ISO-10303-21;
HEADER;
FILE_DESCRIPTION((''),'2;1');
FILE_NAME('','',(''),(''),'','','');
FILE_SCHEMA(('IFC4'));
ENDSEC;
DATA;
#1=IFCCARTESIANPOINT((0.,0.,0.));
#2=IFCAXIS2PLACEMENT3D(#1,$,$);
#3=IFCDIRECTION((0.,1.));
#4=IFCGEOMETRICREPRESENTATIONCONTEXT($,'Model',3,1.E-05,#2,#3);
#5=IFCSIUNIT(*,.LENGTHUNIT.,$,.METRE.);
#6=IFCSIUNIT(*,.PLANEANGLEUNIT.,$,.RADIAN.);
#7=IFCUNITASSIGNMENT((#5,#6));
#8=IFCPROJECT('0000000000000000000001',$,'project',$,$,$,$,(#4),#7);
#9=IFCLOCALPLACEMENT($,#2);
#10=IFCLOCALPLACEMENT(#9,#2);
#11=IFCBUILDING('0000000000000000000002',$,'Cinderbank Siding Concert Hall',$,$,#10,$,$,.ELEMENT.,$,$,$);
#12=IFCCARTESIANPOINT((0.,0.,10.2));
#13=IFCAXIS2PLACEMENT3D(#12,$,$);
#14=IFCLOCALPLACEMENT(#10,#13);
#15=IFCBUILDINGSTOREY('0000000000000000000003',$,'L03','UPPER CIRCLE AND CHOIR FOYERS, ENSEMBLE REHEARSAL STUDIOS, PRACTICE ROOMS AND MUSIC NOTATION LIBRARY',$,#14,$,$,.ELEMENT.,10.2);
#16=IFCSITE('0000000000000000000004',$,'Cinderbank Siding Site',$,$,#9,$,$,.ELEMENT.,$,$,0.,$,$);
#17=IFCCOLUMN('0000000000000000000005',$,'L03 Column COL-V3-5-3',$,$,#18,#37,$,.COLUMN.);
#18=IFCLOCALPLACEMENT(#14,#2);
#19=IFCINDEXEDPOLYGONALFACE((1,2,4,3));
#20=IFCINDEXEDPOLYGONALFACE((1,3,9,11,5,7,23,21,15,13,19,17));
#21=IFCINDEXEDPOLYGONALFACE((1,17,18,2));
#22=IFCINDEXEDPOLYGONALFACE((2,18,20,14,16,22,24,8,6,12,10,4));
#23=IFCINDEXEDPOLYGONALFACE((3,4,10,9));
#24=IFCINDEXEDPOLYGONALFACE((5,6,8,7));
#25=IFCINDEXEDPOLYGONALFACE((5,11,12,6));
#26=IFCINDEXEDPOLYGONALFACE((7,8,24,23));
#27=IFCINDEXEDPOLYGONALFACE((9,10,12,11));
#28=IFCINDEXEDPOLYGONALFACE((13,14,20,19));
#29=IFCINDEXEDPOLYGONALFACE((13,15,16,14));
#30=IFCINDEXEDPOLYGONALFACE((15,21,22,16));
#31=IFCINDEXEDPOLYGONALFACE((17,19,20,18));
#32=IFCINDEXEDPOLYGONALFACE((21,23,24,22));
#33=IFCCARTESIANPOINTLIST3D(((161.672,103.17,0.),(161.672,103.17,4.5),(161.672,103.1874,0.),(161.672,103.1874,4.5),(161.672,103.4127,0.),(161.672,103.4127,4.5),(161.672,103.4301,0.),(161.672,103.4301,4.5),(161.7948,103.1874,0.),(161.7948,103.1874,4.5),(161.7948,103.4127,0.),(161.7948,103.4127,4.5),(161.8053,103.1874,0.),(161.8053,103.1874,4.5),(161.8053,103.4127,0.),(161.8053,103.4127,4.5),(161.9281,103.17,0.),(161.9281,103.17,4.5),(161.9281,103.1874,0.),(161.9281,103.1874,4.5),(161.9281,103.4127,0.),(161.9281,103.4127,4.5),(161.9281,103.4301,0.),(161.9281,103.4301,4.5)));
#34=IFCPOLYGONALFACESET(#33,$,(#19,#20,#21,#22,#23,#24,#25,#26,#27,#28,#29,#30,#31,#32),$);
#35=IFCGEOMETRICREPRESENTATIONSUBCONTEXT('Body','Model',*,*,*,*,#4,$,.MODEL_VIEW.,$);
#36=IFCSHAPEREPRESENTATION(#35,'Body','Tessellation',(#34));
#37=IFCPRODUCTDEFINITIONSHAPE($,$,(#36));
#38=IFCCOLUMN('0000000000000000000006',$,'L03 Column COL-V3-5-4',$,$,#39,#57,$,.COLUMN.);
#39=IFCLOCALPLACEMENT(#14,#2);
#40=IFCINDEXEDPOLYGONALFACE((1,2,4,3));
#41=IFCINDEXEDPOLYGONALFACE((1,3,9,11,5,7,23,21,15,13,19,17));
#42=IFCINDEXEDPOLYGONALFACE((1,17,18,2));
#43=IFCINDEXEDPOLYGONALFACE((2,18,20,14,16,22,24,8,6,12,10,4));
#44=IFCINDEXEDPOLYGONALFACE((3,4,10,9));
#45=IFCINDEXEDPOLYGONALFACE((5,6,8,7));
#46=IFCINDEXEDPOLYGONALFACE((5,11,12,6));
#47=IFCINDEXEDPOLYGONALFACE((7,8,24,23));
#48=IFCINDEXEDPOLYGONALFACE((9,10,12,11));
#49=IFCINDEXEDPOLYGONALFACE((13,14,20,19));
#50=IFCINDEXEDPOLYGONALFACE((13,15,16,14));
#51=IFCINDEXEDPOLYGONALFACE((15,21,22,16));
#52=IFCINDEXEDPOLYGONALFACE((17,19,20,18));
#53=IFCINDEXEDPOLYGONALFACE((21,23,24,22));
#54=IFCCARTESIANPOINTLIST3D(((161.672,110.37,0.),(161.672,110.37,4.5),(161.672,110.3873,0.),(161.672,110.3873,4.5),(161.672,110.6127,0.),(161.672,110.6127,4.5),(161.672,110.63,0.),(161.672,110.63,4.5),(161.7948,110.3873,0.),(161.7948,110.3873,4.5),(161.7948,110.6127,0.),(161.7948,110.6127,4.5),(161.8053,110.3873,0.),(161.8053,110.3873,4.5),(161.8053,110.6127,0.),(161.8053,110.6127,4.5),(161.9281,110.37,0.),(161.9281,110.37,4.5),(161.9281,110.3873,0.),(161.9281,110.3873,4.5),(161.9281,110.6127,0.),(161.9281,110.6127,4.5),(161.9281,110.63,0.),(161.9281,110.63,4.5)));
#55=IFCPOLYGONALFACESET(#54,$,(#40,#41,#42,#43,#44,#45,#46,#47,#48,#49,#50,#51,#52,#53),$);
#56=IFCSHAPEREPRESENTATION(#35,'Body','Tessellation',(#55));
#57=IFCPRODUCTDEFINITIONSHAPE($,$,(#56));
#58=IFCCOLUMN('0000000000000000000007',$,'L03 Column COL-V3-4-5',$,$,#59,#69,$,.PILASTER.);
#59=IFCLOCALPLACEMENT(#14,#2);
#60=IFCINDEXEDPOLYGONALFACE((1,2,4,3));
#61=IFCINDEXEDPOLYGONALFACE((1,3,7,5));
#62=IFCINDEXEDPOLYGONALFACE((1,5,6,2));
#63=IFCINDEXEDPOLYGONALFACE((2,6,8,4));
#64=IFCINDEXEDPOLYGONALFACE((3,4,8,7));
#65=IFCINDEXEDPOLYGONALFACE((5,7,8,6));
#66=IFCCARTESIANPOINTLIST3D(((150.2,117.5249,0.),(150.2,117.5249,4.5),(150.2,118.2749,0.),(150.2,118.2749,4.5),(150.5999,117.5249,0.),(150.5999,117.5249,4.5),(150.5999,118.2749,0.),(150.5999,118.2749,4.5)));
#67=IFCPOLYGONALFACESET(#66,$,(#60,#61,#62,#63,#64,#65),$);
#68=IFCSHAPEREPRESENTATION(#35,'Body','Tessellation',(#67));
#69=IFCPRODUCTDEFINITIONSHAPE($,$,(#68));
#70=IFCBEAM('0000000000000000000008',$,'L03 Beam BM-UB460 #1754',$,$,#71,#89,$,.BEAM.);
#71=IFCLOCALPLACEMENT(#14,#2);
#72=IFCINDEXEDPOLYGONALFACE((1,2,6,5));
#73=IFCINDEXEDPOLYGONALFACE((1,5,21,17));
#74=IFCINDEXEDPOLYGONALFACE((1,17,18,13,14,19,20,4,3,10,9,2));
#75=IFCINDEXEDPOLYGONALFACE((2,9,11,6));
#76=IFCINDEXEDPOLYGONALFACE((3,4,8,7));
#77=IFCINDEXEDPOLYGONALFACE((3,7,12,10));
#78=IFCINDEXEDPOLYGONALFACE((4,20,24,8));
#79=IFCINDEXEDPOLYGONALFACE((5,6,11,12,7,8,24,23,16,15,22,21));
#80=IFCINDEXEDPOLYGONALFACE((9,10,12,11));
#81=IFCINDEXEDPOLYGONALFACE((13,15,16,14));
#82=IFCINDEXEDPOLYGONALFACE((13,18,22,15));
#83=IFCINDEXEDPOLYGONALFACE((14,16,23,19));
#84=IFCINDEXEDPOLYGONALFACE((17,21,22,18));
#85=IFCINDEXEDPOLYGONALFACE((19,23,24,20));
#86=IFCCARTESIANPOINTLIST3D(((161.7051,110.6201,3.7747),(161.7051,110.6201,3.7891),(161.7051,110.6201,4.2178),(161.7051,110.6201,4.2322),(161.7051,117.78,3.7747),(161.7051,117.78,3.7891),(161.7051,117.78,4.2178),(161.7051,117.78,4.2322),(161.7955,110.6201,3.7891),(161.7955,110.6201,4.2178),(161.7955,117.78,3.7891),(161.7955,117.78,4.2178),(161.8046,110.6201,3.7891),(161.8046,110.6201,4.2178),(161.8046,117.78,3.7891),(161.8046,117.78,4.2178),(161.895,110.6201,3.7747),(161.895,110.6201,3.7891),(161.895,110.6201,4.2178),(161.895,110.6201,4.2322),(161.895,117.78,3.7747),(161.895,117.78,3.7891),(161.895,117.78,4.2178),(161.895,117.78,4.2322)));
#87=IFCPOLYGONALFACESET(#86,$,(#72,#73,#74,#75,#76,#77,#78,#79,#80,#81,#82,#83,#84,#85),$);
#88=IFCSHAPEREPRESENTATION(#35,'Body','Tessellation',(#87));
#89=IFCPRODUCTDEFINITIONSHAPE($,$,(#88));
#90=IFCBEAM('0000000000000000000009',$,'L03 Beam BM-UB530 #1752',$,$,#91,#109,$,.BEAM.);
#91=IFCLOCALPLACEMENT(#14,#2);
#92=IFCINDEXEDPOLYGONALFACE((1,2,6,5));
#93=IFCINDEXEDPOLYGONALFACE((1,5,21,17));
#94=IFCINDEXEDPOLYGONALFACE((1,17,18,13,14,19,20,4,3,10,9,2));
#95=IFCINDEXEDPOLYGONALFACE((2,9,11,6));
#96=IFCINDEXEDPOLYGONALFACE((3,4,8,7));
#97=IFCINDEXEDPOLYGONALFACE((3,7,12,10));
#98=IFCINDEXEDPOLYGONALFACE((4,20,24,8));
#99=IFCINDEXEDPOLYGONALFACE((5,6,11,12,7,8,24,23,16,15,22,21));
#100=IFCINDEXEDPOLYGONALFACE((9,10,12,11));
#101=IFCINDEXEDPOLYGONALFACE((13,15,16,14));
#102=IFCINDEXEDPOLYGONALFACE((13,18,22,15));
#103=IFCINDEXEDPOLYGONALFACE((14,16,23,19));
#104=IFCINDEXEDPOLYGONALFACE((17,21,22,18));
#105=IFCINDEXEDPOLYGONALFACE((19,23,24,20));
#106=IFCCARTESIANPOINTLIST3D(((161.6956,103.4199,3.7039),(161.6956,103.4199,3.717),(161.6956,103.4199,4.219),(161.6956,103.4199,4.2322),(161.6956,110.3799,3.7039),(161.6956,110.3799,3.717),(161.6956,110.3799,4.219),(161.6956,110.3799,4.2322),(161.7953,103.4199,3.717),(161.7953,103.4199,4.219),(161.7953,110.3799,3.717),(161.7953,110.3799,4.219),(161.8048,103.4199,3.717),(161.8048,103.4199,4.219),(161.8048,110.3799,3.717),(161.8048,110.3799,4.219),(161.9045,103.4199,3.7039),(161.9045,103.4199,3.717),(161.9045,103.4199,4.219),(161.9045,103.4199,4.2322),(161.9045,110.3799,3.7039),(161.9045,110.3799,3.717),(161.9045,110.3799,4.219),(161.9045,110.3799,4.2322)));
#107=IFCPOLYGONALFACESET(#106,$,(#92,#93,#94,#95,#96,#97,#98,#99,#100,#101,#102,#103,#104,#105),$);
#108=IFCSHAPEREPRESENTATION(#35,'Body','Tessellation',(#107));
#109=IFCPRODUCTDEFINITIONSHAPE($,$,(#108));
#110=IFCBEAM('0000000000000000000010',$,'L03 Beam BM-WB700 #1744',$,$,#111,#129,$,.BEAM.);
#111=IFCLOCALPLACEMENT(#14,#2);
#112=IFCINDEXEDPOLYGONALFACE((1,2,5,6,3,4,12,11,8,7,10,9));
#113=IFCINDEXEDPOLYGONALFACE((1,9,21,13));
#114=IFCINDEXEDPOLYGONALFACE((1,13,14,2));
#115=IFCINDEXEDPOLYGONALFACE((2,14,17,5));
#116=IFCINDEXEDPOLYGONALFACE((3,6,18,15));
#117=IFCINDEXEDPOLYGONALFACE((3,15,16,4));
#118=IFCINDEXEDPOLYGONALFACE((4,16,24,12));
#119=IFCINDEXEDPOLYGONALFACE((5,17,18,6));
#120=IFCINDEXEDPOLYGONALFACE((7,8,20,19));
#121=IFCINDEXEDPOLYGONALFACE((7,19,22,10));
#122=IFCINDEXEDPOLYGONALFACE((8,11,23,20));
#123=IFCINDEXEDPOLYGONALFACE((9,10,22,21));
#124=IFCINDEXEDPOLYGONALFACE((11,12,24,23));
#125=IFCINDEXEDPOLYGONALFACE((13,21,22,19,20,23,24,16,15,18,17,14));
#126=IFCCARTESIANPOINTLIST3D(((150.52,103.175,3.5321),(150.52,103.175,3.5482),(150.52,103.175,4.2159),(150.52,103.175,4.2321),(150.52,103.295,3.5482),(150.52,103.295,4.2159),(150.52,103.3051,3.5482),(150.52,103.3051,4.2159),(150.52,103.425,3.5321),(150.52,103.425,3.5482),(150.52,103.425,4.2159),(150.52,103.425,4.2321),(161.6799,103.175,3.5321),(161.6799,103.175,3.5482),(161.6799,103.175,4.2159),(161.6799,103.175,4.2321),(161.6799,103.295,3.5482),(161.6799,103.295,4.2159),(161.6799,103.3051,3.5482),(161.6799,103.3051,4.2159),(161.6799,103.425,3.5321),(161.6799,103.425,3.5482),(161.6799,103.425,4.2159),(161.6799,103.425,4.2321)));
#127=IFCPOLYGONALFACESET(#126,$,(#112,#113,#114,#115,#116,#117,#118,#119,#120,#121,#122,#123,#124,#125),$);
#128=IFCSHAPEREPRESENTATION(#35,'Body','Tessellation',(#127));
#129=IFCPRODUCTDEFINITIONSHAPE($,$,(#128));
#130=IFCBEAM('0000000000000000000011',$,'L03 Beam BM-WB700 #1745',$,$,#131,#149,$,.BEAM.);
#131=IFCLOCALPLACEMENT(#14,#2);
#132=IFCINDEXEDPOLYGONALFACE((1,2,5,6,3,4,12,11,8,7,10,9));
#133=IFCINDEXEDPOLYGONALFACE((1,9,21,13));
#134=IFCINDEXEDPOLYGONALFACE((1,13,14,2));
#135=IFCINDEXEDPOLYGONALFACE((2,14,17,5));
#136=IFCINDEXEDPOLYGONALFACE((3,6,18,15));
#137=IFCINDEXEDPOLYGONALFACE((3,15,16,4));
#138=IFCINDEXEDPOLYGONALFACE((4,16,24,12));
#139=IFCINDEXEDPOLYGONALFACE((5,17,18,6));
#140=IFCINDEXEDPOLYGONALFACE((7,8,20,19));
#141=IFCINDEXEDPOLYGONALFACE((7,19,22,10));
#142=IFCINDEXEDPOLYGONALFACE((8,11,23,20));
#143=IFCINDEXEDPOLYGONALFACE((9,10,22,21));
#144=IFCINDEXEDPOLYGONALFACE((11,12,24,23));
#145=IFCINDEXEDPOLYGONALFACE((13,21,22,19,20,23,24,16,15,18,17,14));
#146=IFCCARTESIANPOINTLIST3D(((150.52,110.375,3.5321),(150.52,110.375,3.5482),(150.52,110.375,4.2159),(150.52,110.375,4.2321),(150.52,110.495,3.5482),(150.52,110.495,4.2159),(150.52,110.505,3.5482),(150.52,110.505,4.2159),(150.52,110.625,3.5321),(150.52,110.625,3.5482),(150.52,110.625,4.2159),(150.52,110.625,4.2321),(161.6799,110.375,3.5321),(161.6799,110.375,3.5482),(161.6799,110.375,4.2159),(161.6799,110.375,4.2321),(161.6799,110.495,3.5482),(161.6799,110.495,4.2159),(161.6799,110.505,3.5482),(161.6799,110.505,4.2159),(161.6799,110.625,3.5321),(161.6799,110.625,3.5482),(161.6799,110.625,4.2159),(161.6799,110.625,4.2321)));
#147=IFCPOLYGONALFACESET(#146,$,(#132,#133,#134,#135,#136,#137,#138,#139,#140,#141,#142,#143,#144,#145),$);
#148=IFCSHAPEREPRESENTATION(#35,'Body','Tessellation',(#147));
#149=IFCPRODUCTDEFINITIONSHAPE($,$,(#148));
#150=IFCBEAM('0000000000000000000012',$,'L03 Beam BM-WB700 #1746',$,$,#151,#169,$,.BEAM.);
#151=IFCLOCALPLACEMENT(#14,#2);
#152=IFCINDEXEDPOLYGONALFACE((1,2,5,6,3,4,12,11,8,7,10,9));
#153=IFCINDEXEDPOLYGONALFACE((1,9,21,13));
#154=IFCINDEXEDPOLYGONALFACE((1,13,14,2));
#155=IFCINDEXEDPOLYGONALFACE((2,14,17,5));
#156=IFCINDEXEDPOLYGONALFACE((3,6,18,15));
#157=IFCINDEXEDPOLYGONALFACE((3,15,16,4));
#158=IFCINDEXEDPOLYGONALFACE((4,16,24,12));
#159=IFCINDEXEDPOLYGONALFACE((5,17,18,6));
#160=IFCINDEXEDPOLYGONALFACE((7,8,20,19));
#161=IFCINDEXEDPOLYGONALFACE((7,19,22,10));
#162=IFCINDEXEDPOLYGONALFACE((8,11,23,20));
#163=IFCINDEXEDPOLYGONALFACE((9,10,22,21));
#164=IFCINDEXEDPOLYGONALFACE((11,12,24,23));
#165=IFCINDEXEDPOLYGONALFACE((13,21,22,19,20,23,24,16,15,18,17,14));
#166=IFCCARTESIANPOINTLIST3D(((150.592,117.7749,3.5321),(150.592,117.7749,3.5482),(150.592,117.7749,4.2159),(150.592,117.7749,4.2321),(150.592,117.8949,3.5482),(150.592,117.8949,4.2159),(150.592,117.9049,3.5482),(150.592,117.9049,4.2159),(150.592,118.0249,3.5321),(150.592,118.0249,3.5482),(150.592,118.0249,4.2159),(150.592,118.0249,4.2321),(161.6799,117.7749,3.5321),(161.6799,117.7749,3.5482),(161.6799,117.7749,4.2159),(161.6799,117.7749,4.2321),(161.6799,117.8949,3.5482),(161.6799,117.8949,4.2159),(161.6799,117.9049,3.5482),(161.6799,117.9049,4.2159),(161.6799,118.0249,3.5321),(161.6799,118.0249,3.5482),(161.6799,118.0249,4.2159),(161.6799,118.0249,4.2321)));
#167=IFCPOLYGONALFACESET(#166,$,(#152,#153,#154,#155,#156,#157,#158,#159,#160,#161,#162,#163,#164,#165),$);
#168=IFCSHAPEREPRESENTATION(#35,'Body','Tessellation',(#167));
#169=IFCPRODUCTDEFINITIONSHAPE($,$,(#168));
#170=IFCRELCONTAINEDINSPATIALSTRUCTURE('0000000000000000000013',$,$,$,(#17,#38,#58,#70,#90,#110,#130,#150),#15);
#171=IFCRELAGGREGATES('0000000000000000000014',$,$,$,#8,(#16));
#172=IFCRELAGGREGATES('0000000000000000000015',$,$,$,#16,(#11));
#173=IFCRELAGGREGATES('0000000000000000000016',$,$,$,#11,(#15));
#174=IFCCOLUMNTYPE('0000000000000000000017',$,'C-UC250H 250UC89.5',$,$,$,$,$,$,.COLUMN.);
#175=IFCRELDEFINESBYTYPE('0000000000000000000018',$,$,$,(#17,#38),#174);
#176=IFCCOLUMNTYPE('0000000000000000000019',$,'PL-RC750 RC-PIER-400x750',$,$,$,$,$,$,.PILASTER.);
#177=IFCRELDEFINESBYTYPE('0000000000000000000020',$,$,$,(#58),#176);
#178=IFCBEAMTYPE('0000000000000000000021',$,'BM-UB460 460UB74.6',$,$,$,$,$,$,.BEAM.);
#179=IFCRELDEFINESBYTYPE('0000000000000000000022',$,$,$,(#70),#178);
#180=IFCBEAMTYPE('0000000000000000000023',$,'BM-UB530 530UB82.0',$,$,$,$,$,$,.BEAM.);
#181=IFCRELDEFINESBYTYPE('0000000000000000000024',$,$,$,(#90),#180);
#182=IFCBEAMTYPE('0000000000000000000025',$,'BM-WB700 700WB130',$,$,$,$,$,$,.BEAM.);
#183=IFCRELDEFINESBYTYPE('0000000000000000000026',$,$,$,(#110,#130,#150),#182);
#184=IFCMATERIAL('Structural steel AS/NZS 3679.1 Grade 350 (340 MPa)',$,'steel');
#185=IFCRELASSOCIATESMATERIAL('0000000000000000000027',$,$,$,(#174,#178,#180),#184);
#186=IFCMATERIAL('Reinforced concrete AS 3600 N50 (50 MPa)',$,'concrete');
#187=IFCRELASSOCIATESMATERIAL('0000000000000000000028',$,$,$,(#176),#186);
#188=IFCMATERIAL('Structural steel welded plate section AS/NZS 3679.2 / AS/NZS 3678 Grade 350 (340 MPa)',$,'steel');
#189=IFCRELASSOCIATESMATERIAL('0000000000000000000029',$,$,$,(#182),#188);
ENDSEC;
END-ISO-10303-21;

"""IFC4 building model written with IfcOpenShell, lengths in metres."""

from ifc_helpers import new_model, si_unit, direction, frame, origin, origin_2d, place, context, subcontext, project, spatial, rectangle, i_section, extrude, material, material_profile, profile_set, type_object, element, save


model = new_model("IFC4")

# Units and contexts
model_context = context("Model", 3, precision=1e-05, world=origin(), true_north=direction((0.0, 1.0)))
body_context = subcontext(model_context, "Body", "Model", "MODEL_VIEW")
ifc_project = project(units=[si_unit("LENGTHUNIT", "METRE"), si_unit("PLANEANGLEUNIT", "RADIAN")], contexts=[model_context])

# Site, building, storey
site_placement = place(None, origin())
site = spatial("IfcSite", under=ifc_project, at=site_placement, Name="Cinderbank Siding Site", CompositionType="ELEMENT", RefElevation=0.0)
building_placement = place(site_placement, origin())
building = spatial("IfcBuilding", under=site, at=building_placement, Name="Cinderbank Siding Concert Hall", CompositionType="ELEMENT")
storey_placement = place(building_placement, frame((0.0, 0.0, 10.2)))
storey = spatial("IfcBuildingStorey", under=building, at=storey_placement, Name="L03", Description="UPPER CIRCLE AND CHOIR FOYERS, ENSEMBLE REHEARSAL STUDIOS, PRACTICE ROOMS AND MUSIC NOTATION LIBRARY", CompositionType="ELEMENT", Elevation=10.2)

# Columns
ifc_material_1 = material(Name="Structural steel AS/NZS 3679.1 Grade 350 (340 MPa)", Category="steel")
ifc_material_profile_1 = material_profile(ifc_material_1, i_section(OverallWidth=0.2561, OverallDepth=0.26, WebThickness=0.0105, FlangeThickness=0.0173, at=origin_2d()), Name="250UC89.5", Category="LoadBearing")
ifc_profile_set_1 = profile_set([ifc_material_profile_1], Name="Structural steel AS/NZS 3679.1 Grade 350 (340 MPa)")
column_type_1 = type_object("IfcColumnType", Name="C-UC250H 250UC89.5", PredefinedType="COLUMN", material=ifc_profile_set_1)
for number, where, z_axis, x_axis, name in (
    (1, (161.8, 103.3, 0.0), (0.0, 0.0, 1.0), (1.0, 0.0, 0.0), "L03 Column COL-V3-5-3"),
    (2, (161.8, 110.5, 0.0), (0.0, 0.0, 1.0), (1.0, 0.0, 0.0), "L03 Column COL-V3-5-4"),
):
    element("IfcColumn", number, at=place(storey_placement, frame(where, z_axis=z_axis, x_axis=x_axis)), inside=storey, type_object=column_type_1, Name=name, PredefinedType="COLUMN", context=body_context, shape_type="SweptSolid", body=[
        extrude(i_section(OverallWidth=0.2561, OverallDepth=0.26, WebThickness=0.0105, FlangeThickness=0.0173, at=origin_2d()), origin(), (0.0, 0.0, 1.0), 4.5),
    ])
ifc_material_2 = material(Name="Reinforced concrete AS 3600 N50 (50 MPa)", Category="concrete")
ifc_material_profile_2 = material_profile(ifc_material_2, rectangle(XDim=0.3999, YDim=0.75, at=origin_2d()), Name="RC-PIER-400x750", Category="LoadBearing")
ifc_profile_set_2 = profile_set([ifc_material_profile_2], Name="Reinforced concrete AS 3600 N50 (50 MPa)")
column_type_2 = type_object("IfcColumnType", Name="PL-RC750 RC-PIER-400x750", PredefinedType="PILASTER", material=ifc_profile_set_2)
column_placement = place(storey_placement, frame((150.3999, 117.8999, 0.0), z_axis=(0.0, 0.0, 1.0), x_axis=(1.0, 0.0, 0.0)))
element("IfcColumn", 3, at=column_placement, inside=storey, type_object=column_type_2, Name="L03 Column COL-V3-4-5", PredefinedType="PILASTER", context=body_context, shape_type="SweptSolid", body=[
    extrude(rectangle(XDim=0.3999, YDim=0.75, at=origin_2d()), origin(), (0.0, 0.0, 1.0), 4.5),
])

# Beams
ifc_material_profile_3 = material_profile(ifc_material_1, i_section(OverallWidth=0.1899, OverallDepth=0.4575, WebThickness=0.009, FlangeThickness=0.0144, at=origin_2d()), Name="460UB74.6", Category="LoadBearing")
ifc_profile_set_3 = profile_set([ifc_material_profile_3], Name="Structural steel AS/NZS 3679.1 Grade 350 (340 MPa)")
beam_type_1 = type_object("IfcBeamType", Name="BM-UB460 460UB74.6", PredefinedType="BEAM", material=ifc_profile_set_3)
beam_1_placement = place(storey_placement, frame((161.8, 110.6201, 4.0034), z_axis=(0.0, 1.0, 0.0), x_axis=(-1.0, 0.0, 0.0)))
element("IfcBeam", 4, at=beam_1_placement, inside=storey, type_object=beam_type_1, Name="L03 Beam BM-UB460 #1754", PredefinedType="BEAM", context=body_context, shape_type="SweptSolid", body=[
    extrude(i_section(OverallWidth=0.1899, OverallDepth=0.4575, WebThickness=0.009, FlangeThickness=0.0144, at=origin_2d()), origin(), (0.0, 0.0, 1.0), 7.1599),
])
ifc_material_profile_4 = material_profile(ifc_material_1, i_section(OverallWidth=0.209, OverallDepth=0.5283, WebThickness=0.0095, FlangeThickness=0.0132, at=origin_2d()), Name="530UB82.0", Category="LoadBearing")
ifc_profile_set_4 = profile_set([ifc_material_profile_4], Name="Structural steel AS/NZS 3679.1 Grade 350 (340 MPa)")
beam_type_2 = type_object("IfcBeamType", Name="BM-UB530 530UB82.0", PredefinedType="BEAM", material=ifc_profile_set_4)
beam_2_placement = place(storey_placement, frame((161.8, 103.4199, 3.968), z_axis=(0.0, 1.0, 0.0), x_axis=(-1.0, 0.0, 0.0)))
element("IfcBeam", 5, at=beam_2_placement, inside=storey, type_object=beam_type_2, Name="L03 Beam BM-UB530 #1752", PredefinedType="BEAM", context=body_context, shape_type="SweptSolid", body=[
    extrude(i_section(OverallWidth=0.209, OverallDepth=0.5283, WebThickness=0.0095, FlangeThickness=0.0132, at=origin_2d()), origin(), (0.0, 0.0, 1.0), 6.96),
])
ifc_material_3 = material(Name="Structural steel welded plate section AS/NZS 3679.2 / AS/NZS 3678 Grade 350 (340 MPa)", Category="steel")
ifc_material_profile_5 = material_profile(ifc_material_3, i_section(OverallWidth=0.25, OverallDepth=0.7, WebThickness=0.01, FlangeThickness=0.0161, at=origin_2d()), Name="700WB130", Category="LoadBearing")
ifc_profile_set_5 = profile_set([ifc_material_profile_5], Name="Structural steel welded plate section AS/NZS 3679.2 / AS/NZS 3678 Grade 350 (340 MPa)")
beam_type_3 = type_object("IfcBeamType", Name="BM-WB700 700WB130", PredefinedType="BEAM", material=ifc_profile_set_5)
for number, where, z_axis, x_axis, name in (
    (6, (150.52, 103.3, 3.8821), (1.0, 0.0, 0.0), (0.0, 1.0, 0.0), "L03 Beam BM-WB700 #1744"),
    (7, (150.52, 110.5, 3.8821), (1.0, 0.0, 0.0), (0.0, 1.0, 0.0), "L03 Beam BM-WB700 #1745"),
):
    element("IfcBeam", number, at=place(storey_placement, frame(where, z_axis=z_axis, x_axis=x_axis)), inside=storey, type_object=beam_type_3, Name=name, PredefinedType="BEAM", context=body_context, shape_type="SweptSolid", body=[
        extrude(i_section(OverallWidth=0.25, OverallDepth=0.7, WebThickness=0.01, FlangeThickness=0.0161, at=origin_2d()), origin(), (0.0, 0.0, 1.0), 11.1599),
    ])
beam_3_placement = place(storey_placement, frame((150.592, 117.8999, 3.8821), z_axis=(1.0, 0.0, 0.0), x_axis=(0.0, 1.0, 0.0)))
element("IfcBeam", 8, at=beam_3_placement, inside=storey, type_object=beam_type_3, Name="L03 Beam BM-WB700 #1746", PredefinedType="BEAM", context=body_context, shape_type="SweptSolid", body=[
    extrude(i_section(OverallWidth=0.25, OverallDepth=0.7, WebThickness=0.01, FlangeThickness=0.0161, at=origin_2d()), origin(), (0.0, 0.0, 1.0), 11.0879),
])

save(model, "model.ifc")
